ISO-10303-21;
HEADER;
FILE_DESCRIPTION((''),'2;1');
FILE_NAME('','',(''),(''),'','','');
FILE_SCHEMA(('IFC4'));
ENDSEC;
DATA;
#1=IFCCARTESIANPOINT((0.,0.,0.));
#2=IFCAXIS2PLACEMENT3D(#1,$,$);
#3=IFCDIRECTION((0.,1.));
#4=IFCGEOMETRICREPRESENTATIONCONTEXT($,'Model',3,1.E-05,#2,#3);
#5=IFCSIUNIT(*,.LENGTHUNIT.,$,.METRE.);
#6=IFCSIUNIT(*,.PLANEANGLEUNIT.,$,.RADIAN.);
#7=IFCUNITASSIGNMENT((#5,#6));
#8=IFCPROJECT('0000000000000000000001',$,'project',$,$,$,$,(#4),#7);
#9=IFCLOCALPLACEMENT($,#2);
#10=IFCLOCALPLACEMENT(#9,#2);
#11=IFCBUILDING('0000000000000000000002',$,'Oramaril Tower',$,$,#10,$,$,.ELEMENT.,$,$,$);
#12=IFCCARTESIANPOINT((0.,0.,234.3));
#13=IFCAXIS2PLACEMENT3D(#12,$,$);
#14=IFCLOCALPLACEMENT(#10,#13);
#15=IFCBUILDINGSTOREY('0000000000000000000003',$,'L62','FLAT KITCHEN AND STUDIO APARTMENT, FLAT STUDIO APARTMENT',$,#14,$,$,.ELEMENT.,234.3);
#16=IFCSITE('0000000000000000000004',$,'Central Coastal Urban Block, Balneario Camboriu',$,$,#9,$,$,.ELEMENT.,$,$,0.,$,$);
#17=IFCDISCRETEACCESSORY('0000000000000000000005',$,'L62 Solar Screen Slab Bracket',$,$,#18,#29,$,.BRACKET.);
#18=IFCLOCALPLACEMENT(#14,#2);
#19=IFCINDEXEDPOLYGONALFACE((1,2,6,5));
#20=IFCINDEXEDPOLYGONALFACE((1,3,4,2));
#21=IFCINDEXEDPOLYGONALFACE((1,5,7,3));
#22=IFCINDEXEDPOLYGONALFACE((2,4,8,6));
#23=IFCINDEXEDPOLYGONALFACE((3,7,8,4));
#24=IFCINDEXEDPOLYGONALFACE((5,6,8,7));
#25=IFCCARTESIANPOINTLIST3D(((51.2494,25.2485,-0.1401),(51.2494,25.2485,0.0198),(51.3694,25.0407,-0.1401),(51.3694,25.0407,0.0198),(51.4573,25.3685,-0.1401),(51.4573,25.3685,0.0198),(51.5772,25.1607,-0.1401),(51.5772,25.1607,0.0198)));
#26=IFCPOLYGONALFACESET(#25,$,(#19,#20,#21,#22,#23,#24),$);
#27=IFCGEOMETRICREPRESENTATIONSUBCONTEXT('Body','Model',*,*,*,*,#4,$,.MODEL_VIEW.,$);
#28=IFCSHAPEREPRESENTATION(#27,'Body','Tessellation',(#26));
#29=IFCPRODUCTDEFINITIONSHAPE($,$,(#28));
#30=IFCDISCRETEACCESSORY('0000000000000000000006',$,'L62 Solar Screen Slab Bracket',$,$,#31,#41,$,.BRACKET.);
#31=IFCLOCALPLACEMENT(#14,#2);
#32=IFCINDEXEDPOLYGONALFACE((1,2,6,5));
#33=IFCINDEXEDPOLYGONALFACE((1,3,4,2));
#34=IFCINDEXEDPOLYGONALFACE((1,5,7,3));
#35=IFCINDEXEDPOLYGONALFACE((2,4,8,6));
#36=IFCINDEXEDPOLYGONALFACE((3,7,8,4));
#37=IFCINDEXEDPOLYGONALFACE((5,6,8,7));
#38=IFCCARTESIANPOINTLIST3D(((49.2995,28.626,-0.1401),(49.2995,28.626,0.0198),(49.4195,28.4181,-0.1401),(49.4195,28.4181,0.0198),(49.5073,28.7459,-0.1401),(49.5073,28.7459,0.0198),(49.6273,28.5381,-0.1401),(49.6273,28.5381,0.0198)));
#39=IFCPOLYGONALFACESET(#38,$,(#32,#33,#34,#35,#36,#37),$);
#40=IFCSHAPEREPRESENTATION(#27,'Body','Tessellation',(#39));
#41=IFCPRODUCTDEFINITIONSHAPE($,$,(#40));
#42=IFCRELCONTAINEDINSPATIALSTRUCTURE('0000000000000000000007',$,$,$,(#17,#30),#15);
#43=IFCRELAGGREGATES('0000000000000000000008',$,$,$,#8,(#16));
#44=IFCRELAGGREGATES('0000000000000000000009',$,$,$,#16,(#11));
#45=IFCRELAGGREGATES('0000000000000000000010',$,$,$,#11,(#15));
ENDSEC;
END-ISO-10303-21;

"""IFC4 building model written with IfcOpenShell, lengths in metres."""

from ifc_helpers import new_model, si_unit, direction, frame, origin, origin_2d, place, context, subcontext, project, spatial, rectangle, extrude, element, save


model = new_model("IFC4")

# Units and contexts
model_context = context("Model", 3, precision=1e-05, world=origin(), true_north=direction((0.0, 1.0)))
body_context = subcontext(model_context, "Body", "Model", "MODEL_VIEW")
ifc_project = project(units=[si_unit("LENGTHUNIT", "METRE"), si_unit("PLANEANGLEUNIT", "RADIAN")], contexts=[model_context])

# Site, building, storey
site_placement = place(None, origin())
site = spatial("IfcSite", under=ifc_project, at=site_placement, Name="Central Coastal Urban Block, Balneario Camboriu", CompositionType="ELEMENT", RefElevation=0.0)
building_placement = place(site_placement, origin())
building = spatial("IfcBuilding", under=site, at=building_placement, Name="Oramaril Tower", CompositionType="ELEMENT")
storey_placement = place(building_placement, frame((0.0, 0.0, 234.3)))
storey = spatial("IfcBuildingStorey", under=building, at=storey_placement, Name="L62", Description="FLAT KITCHEN AND STUDIO APARTMENT, FLAT STUDIO APARTMENT", CompositionType="ELEMENT", Elevation=234.3)

# Discrete accessories
for number, where, z_axis, x_axis, name in (
    (1, (51.4133, 25.2046, -0.1401), (0.0, 0.0, 1.0), (-0.499998, 0.866026, 0.0), "L62 Solar Screen Slab Bracket"),
    (2, (49.4634, 28.582, -0.1401), (0.0, 0.0, 1.0), (-0.499998, 0.866026, 0.0), "L62 Solar Screen Slab Bracket"),
):
    element("IfcDiscreteAccessory", number, at=place(storey_placement, frame(where, z_axis=z_axis, x_axis=x_axis)), inside=storey, Name=name, PredefinedType="BRACKET", context=body_context, shape_type="SweptSolid", body=[
        extrude(rectangle(XDim=0.24, YDim=0.24, at=origin_2d()), origin(), (0.0, 0.0, 1.0), 0.1599),
    ])

save(model, "model.ifc")
